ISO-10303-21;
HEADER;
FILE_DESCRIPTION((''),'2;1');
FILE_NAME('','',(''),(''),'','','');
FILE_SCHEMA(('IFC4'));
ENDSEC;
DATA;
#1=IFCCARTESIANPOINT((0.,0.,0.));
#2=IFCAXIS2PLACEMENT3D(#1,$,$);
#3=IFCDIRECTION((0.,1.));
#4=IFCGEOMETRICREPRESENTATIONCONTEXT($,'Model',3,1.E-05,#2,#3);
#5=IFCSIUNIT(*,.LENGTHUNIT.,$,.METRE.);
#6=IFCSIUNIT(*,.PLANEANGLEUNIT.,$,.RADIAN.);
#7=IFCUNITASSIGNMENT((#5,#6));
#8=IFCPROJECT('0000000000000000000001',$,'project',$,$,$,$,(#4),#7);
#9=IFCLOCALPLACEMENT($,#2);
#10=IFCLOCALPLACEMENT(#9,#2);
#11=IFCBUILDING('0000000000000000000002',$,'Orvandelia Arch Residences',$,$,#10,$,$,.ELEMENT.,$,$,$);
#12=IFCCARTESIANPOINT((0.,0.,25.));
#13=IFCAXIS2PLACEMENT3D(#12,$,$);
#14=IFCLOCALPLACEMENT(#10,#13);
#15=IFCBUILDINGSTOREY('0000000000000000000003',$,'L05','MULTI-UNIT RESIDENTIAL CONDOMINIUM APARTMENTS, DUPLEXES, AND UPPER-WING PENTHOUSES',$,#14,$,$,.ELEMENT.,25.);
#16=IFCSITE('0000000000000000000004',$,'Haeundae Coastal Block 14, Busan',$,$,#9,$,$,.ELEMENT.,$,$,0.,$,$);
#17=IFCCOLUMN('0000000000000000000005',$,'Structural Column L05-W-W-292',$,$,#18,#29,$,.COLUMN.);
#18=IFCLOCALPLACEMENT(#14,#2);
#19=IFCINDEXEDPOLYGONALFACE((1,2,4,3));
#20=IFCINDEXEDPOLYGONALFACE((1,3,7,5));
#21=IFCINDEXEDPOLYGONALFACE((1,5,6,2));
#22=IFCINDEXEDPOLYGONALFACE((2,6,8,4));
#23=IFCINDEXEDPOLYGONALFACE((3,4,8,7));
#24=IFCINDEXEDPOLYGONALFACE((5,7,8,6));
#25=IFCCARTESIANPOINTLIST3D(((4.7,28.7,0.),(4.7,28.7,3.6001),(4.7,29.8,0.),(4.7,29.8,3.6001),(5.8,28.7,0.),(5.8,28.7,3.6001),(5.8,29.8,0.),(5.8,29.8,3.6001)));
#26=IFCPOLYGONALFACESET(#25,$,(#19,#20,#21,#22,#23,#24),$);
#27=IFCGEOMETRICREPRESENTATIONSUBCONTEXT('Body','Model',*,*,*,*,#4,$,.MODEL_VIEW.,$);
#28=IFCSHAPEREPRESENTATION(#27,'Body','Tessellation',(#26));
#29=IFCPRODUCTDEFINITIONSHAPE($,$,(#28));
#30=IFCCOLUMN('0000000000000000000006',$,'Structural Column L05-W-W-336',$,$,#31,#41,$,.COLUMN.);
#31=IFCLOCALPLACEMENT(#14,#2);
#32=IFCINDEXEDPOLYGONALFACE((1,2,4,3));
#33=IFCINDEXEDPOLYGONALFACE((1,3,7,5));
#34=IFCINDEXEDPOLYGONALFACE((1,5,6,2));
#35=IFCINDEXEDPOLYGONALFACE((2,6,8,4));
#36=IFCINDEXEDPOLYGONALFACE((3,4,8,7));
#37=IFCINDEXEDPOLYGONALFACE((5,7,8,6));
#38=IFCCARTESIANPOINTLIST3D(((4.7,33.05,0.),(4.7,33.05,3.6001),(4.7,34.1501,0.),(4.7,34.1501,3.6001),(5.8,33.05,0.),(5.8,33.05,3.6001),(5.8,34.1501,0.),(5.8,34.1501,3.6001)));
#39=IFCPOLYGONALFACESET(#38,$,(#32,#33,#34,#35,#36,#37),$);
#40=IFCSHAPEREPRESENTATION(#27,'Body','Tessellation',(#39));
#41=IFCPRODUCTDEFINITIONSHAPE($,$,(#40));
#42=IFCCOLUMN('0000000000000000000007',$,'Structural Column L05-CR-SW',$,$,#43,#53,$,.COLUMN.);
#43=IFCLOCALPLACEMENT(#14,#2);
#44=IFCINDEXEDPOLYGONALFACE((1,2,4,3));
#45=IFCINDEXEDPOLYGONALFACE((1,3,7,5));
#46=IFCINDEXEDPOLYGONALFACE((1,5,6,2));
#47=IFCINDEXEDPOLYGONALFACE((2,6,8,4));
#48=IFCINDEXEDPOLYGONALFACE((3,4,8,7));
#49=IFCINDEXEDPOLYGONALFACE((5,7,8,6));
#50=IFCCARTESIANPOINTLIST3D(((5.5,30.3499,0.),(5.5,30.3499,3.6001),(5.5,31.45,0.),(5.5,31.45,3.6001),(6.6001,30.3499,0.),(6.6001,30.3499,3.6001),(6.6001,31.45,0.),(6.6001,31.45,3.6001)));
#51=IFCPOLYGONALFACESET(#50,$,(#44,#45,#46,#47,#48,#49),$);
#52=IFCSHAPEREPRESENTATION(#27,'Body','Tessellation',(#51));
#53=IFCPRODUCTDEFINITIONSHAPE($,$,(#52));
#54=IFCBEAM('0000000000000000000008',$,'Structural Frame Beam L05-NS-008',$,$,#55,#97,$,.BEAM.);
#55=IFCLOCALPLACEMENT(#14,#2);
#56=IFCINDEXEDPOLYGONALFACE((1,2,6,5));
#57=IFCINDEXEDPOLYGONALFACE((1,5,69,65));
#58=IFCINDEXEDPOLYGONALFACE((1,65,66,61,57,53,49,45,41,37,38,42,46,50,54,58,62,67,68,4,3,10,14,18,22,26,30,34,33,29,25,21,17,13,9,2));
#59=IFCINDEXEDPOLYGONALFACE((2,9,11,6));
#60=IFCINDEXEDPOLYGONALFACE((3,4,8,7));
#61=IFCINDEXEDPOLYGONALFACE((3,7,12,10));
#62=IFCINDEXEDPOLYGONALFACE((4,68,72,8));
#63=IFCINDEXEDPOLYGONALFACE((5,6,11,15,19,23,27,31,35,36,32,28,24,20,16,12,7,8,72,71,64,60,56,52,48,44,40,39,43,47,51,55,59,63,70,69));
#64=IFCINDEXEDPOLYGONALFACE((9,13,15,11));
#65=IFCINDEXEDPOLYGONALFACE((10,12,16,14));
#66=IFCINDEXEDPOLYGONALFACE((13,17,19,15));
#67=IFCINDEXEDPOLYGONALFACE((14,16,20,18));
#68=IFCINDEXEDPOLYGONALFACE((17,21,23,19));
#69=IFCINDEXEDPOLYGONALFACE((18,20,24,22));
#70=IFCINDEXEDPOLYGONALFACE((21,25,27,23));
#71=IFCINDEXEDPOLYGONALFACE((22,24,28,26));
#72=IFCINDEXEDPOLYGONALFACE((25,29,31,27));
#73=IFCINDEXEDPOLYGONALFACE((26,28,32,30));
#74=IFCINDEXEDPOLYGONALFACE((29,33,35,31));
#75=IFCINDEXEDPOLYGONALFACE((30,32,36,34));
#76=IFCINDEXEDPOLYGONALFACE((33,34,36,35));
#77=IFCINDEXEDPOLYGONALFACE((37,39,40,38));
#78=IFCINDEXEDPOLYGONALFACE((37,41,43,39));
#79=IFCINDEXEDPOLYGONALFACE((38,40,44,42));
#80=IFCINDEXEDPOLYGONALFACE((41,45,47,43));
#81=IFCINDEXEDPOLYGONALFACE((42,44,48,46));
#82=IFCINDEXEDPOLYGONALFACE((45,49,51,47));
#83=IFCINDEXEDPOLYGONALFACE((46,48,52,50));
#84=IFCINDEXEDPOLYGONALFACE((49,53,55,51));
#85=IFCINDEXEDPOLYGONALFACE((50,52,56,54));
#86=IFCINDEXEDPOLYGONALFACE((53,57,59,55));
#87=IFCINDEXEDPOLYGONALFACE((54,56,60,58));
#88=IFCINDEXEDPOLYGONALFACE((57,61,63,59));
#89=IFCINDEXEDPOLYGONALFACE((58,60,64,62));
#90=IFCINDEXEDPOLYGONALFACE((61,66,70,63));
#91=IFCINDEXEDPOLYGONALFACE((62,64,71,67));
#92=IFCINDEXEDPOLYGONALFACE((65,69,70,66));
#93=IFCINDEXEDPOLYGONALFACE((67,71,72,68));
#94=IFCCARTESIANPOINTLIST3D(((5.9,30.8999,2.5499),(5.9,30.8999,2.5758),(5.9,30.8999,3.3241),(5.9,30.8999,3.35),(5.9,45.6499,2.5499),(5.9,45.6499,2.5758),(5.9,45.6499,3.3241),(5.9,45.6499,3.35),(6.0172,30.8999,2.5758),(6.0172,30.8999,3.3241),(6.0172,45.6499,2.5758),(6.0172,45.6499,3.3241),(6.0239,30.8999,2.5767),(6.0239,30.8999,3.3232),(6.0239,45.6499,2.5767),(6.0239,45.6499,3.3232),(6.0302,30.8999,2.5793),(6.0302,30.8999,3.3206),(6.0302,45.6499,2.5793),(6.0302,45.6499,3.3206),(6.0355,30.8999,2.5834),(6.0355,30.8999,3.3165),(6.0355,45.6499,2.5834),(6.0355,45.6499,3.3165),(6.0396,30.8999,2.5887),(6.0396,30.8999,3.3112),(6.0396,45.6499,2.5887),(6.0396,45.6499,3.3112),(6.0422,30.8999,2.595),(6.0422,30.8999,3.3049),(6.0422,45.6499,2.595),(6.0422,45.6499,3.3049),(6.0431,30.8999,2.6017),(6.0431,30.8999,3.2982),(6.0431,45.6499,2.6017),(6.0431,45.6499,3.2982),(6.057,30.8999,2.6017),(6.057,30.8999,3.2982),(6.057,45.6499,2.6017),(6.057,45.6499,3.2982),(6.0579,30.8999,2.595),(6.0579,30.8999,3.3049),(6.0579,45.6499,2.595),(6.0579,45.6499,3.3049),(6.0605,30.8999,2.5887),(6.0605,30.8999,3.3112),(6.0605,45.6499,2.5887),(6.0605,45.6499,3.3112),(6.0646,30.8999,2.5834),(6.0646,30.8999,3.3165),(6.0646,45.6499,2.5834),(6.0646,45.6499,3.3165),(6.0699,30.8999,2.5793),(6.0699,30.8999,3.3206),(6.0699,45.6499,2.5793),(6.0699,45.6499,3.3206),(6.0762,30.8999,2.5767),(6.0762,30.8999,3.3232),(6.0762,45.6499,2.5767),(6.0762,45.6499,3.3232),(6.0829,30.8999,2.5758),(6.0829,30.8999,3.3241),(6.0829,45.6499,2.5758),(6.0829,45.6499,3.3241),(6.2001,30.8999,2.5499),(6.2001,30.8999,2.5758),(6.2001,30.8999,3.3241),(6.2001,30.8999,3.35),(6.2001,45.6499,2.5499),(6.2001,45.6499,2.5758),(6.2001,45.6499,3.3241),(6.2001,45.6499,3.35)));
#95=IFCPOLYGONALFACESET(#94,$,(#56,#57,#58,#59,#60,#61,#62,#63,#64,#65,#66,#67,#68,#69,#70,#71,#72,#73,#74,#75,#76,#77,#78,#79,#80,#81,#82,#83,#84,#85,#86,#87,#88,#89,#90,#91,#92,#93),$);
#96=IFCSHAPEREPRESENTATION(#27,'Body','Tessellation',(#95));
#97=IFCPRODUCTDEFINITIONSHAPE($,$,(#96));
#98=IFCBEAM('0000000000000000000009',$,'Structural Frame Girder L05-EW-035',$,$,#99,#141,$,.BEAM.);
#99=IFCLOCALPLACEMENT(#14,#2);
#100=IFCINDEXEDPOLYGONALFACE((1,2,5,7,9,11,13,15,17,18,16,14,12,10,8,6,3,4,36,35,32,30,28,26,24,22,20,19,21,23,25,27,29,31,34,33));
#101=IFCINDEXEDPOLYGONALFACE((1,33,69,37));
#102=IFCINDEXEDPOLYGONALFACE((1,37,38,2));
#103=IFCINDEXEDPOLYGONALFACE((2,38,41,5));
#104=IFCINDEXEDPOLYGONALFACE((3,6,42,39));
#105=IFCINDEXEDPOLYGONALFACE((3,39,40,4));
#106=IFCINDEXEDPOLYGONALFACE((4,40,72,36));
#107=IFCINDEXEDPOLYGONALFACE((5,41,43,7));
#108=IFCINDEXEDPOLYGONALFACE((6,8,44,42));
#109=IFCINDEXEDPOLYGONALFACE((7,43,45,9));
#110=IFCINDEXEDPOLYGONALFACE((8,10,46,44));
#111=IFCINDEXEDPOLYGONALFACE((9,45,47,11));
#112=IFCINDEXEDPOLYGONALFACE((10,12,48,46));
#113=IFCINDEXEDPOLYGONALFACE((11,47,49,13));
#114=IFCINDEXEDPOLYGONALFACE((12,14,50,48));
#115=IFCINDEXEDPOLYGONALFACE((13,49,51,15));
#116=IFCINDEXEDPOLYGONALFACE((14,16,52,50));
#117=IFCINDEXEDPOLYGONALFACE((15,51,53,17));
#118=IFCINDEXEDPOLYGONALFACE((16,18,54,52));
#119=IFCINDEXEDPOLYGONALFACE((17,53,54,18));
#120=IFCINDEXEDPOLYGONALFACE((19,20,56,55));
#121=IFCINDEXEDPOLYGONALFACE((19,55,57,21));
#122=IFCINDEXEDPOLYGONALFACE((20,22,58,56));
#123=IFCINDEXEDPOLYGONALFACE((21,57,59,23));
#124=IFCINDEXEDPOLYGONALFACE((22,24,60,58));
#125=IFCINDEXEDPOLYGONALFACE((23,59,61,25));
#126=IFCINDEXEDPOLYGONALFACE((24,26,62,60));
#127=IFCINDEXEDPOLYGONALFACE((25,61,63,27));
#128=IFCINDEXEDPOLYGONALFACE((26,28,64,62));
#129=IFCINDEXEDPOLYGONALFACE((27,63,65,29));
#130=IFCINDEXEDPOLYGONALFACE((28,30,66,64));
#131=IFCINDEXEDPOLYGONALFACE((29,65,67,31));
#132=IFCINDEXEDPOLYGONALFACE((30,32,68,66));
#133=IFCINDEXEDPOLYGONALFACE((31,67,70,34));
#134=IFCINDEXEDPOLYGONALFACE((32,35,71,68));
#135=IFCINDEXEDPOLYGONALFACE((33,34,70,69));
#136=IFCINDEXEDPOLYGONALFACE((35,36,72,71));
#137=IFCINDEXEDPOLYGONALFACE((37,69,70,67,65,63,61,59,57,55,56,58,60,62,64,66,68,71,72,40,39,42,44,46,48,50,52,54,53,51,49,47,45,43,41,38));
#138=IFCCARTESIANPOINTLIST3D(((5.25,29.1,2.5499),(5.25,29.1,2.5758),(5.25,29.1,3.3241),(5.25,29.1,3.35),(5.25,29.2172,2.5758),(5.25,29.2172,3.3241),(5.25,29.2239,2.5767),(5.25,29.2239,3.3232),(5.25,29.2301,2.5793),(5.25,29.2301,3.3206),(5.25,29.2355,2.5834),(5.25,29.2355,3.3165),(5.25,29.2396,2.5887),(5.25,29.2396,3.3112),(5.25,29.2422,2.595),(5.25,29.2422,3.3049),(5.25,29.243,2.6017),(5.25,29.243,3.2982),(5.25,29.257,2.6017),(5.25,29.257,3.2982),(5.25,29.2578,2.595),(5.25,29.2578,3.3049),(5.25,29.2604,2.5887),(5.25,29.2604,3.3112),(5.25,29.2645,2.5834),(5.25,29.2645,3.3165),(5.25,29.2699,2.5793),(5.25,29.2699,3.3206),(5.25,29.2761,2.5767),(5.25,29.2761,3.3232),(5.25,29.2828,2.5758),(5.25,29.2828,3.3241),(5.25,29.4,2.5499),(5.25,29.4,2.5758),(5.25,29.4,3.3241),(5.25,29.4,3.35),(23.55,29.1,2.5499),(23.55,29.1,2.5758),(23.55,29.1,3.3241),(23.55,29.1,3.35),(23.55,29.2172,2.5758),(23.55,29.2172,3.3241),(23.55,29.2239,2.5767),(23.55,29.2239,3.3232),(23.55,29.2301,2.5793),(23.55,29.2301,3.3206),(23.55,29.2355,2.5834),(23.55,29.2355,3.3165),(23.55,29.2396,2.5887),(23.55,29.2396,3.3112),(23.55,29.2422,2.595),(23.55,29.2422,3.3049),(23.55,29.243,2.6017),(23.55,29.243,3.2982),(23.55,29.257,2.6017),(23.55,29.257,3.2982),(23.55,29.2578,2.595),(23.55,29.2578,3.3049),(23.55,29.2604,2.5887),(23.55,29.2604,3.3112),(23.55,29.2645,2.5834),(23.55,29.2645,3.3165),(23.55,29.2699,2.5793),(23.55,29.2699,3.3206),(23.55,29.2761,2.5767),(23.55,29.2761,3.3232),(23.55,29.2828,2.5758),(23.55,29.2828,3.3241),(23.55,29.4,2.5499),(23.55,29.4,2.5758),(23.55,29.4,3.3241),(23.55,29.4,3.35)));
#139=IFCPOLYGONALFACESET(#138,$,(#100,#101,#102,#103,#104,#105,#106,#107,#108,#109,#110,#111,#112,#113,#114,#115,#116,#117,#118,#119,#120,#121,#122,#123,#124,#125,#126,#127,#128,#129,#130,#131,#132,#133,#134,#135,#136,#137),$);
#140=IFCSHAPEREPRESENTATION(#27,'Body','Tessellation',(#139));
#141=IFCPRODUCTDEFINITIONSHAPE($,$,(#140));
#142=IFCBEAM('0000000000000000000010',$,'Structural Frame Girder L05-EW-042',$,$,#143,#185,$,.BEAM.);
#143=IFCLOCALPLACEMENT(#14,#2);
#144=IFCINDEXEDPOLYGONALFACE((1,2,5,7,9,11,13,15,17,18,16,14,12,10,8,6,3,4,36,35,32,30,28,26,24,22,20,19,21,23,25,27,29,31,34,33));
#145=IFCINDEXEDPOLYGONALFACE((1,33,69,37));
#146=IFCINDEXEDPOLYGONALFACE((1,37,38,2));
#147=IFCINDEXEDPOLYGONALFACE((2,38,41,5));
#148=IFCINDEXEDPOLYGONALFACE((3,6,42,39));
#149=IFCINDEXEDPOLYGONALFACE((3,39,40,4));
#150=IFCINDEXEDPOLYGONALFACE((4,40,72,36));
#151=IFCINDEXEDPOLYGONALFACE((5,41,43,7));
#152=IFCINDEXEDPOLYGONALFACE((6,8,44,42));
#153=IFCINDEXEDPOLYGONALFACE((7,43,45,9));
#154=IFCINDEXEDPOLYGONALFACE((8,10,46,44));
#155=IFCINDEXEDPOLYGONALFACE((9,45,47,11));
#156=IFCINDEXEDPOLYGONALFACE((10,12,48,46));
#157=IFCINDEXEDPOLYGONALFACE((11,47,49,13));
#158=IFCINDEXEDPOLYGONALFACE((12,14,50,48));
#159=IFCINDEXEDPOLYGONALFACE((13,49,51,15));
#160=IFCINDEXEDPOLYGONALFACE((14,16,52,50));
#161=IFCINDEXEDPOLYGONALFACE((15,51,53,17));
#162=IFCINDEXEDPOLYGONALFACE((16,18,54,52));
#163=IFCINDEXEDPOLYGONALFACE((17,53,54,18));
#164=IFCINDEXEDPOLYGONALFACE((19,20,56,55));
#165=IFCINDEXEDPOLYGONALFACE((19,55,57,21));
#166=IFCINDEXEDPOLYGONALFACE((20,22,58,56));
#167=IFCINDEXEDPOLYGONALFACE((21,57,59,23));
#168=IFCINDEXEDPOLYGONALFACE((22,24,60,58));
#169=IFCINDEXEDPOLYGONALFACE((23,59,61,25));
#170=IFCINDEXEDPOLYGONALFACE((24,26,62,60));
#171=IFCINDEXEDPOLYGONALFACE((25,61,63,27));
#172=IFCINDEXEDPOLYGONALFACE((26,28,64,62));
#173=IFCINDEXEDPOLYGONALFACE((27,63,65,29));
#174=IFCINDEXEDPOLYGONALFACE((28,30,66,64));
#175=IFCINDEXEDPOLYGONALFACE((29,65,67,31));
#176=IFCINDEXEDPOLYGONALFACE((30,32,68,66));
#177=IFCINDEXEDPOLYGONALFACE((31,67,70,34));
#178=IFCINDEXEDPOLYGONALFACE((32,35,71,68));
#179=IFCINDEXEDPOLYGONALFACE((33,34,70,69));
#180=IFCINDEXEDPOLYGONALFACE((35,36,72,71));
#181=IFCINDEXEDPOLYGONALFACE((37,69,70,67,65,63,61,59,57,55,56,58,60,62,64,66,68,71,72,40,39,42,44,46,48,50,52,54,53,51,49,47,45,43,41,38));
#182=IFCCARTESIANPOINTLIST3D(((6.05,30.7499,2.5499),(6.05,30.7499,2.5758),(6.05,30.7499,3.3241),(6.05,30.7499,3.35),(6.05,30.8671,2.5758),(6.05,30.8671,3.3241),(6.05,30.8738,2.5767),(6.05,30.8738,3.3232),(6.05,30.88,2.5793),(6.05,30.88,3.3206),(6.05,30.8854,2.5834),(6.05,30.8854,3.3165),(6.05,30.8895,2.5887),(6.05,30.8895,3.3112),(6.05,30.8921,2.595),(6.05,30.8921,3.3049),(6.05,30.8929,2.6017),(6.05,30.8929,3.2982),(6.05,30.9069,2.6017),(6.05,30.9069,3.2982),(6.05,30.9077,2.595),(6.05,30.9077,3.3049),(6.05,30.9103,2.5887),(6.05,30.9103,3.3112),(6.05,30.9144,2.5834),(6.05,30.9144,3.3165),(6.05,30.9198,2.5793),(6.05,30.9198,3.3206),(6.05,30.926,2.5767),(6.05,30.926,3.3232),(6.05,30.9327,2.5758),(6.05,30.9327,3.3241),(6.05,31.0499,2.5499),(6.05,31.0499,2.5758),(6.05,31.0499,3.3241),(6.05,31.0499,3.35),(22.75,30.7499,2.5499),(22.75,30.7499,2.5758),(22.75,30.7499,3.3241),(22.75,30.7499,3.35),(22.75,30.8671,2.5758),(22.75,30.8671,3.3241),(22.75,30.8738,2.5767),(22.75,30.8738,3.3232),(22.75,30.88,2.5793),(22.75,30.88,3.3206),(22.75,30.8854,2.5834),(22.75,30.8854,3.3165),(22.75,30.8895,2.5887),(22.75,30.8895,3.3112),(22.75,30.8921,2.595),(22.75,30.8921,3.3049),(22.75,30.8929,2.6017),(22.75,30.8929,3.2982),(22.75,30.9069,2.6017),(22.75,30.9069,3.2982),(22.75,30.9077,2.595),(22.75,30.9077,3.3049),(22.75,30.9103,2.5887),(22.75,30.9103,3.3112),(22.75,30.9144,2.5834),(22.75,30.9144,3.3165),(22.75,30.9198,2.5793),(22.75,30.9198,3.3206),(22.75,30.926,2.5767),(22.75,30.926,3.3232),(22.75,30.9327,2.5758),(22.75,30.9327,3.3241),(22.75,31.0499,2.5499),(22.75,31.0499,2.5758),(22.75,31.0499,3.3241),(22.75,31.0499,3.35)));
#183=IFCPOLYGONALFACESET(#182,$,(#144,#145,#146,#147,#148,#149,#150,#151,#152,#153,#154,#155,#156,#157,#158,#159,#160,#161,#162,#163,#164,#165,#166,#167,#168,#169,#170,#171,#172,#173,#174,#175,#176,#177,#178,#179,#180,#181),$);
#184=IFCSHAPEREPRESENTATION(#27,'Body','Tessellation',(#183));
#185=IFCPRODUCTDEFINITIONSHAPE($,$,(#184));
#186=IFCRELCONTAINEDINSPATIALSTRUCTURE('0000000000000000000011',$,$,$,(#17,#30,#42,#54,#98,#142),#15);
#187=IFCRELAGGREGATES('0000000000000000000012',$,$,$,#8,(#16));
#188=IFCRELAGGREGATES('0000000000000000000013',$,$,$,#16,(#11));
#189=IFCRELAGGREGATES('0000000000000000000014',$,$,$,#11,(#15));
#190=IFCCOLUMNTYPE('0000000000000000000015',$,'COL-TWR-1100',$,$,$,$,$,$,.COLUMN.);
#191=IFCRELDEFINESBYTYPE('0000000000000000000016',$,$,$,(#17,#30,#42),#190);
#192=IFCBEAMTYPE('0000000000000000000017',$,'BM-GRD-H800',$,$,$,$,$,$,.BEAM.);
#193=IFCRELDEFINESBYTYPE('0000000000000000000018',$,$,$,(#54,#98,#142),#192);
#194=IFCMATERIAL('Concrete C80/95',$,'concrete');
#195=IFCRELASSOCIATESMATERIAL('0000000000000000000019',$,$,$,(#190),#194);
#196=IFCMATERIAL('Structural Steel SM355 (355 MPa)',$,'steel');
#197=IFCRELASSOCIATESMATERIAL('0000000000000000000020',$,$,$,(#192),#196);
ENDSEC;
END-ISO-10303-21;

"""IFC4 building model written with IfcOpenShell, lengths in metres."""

from ifc_helpers import new_model, si_unit, direction, frame, origin, origin_2d, place, context, subcontext, project, spatial, rectangle, i_section, extrude, material, material_profile, profile_set, type_object, element, save


model = new_model("IFC4")

# Units and contexts
model_context = context("Model", 3, precision=1e-05, world=origin(), true_north=direction((0.0, 1.0)))
body_context = subcontext(model_context, "Body", "Model", "MODEL_VIEW")
ifc_project = project(units=[si_unit("LENGTHUNIT", "METRE"), si_unit("PLANEANGLEUNIT", "RADIAN")], contexts=[model_context])

# Site, building, storey
site_placement = place(None, origin())
site = spatial("IfcSite", under=ifc_project, at=site_placement, Name="Haeundae Coastal Block 14, Busan", CompositionType="ELEMENT", RefElevation=0.0)
building_placement = place(site_placement, origin())
building = spatial("IfcBuilding", under=site, at=building_placement, Name="Orvandelia Arch Residences", CompositionType="ELEMENT")
storey_placement = place(building_placement, frame((0.0, 0.0, 25.0)))
storey = spatial("IfcBuildingStorey", under=building, at=storey_placement, Name="L05", Description="MULTI-UNIT RESIDENTIAL CONDOMINIUM APARTMENTS, DUPLEXES, AND UPPER-WING PENTHOUSES", CompositionType="ELEMENT", Elevation=25.0)

# Columns
ifc_material_1 = material(Name="Concrete C80/95", Category="concrete")
ifc_material_profile_1 = material_profile(ifc_material_1, rectangle(XDim=1.1001, YDim=1.1001, at=origin_2d()), Name="Concrete C80/95", Category="concrete")
ifc_profile_set_1 = profile_set([ifc_material_profile_1], Name="Concrete C80/95")
column_type = type_object("IfcColumnType", Name="COL-TWR-1100", PredefinedType="COLUMN", material=ifc_profile_set_1)
for number, where, z_axis, x_axis, name in (
    (1, (5.25, 29.25, 0.0), (0.0, 0.0, 1.0), (1.0, 0.0, 0.0), "Structural Column L05-W-W-292"),
    (2, (5.25, 33.6001, 0.0), (0.0, 0.0, 1.0), (1.0, 0.0, 0.0), "Structural Column L05-W-W-336"),
    (3, (6.05, 30.8999, 0.0), (0.0, 0.0, 1.0), (1.0, 0.0, 0.0), "Structural Column L05-CR-SW"),
):
    element("IfcColumn", number, at=place(storey_placement, frame(where, z_axis=z_axis, x_axis=x_axis)), inside=storey, type_object=column_type, Name=name, PredefinedType="COLUMN", context=body_context, shape_type="SweptSolid", body=[
        extrude(rectangle(XDim=1.1001, YDim=1.1001, at=origin_2d()), origin(), (0.0, 0.0, 1.0), 3.6001),
    ])

# Beams
ifc_material_2 = material(Name="Structural Steel SM355 (355 MPa)", Category="steel")
ifc_material_profile_2 = material_profile(ifc_material_2, i_section(OverallWidth=0.3, OverallDepth=0.8, WebThickness=0.0139, FlangeThickness=0.0259, FilletRadius=0.0259, at=origin_2d()), Name="Structural Steel SM355 (355 MPa)", Category="steel")
ifc_profile_set_2 = profile_set([ifc_material_profile_2], Name="Structural Steel SM355 (355 MPa)")
beam_type_1 = type_object("IfcBeamType", Name="BM-GRD-H800", PredefinedType="BEAM", material=ifc_profile_set_2)
beam_1_placement = place(storey_placement, frame((6.05, 30.8999, 2.95), z_axis=(0.0, 1.0, 0.0), x_axis=(-1.0, 0.0, 0.0)))
element("IfcBeam", 4, at=beam_1_placement, inside=storey, type_object=beam_type_1, Name="Structural Frame Beam L05-NS-008", PredefinedType="BEAM", context=body_context, shape_type="SweptSolid", body=[
    extrude(i_section(OverallWidth=0.3, OverallDepth=0.8, WebThickness=0.0139, FlangeThickness=0.0259, FilletRadius=0.0259, at=origin_2d()), origin(), (0.0, 0.0, 1.0), 14.75),
])
beam_2_placement = place(storey_placement, frame((5.25, 29.25, 2.95), z_axis=(1.0, 0.0, 0.0), x_axis=(0.0, 1.0, 0.0)))
element("IfcBeam", 5, at=beam_2_placement, inside=storey, type_object=beam_type_1, Name="Structural Frame Girder L05-EW-035", PredefinedType="BEAM", context=body_context, shape_type="SweptSolid", body=[
    extrude(i_section(OverallWidth=0.3, OverallDepth=0.8, WebThickness=0.0139, FlangeThickness=0.0259, FilletRadius=0.0259, at=origin_2d()), origin(), (0.0, 0.0, 1.0), 18.3),
])
beam_3_placement = place(storey_placement, frame((6.05, 30.8999, 2.95), z_axis=(1.0, 0.0, 0.0), x_axis=(0.0, 1.0, 0.0)))
element("IfcBeam", 6, at=beam_3_placement, inside=storey, type_object=beam_type_1, Name="Structural Frame Girder L05-EW-042", PredefinedType="BEAM", context=body_context, shape_type="SweptSolid", body=[
    extrude(i_section(OverallWidth=0.3, OverallDepth=0.8, WebThickness=0.0139, FlangeThickness=0.0259, FilletRadius=0.0259, at=origin_2d()), origin(), (0.0, 0.0, 1.0), 16.7),
])

save(model, "model.ifc")
